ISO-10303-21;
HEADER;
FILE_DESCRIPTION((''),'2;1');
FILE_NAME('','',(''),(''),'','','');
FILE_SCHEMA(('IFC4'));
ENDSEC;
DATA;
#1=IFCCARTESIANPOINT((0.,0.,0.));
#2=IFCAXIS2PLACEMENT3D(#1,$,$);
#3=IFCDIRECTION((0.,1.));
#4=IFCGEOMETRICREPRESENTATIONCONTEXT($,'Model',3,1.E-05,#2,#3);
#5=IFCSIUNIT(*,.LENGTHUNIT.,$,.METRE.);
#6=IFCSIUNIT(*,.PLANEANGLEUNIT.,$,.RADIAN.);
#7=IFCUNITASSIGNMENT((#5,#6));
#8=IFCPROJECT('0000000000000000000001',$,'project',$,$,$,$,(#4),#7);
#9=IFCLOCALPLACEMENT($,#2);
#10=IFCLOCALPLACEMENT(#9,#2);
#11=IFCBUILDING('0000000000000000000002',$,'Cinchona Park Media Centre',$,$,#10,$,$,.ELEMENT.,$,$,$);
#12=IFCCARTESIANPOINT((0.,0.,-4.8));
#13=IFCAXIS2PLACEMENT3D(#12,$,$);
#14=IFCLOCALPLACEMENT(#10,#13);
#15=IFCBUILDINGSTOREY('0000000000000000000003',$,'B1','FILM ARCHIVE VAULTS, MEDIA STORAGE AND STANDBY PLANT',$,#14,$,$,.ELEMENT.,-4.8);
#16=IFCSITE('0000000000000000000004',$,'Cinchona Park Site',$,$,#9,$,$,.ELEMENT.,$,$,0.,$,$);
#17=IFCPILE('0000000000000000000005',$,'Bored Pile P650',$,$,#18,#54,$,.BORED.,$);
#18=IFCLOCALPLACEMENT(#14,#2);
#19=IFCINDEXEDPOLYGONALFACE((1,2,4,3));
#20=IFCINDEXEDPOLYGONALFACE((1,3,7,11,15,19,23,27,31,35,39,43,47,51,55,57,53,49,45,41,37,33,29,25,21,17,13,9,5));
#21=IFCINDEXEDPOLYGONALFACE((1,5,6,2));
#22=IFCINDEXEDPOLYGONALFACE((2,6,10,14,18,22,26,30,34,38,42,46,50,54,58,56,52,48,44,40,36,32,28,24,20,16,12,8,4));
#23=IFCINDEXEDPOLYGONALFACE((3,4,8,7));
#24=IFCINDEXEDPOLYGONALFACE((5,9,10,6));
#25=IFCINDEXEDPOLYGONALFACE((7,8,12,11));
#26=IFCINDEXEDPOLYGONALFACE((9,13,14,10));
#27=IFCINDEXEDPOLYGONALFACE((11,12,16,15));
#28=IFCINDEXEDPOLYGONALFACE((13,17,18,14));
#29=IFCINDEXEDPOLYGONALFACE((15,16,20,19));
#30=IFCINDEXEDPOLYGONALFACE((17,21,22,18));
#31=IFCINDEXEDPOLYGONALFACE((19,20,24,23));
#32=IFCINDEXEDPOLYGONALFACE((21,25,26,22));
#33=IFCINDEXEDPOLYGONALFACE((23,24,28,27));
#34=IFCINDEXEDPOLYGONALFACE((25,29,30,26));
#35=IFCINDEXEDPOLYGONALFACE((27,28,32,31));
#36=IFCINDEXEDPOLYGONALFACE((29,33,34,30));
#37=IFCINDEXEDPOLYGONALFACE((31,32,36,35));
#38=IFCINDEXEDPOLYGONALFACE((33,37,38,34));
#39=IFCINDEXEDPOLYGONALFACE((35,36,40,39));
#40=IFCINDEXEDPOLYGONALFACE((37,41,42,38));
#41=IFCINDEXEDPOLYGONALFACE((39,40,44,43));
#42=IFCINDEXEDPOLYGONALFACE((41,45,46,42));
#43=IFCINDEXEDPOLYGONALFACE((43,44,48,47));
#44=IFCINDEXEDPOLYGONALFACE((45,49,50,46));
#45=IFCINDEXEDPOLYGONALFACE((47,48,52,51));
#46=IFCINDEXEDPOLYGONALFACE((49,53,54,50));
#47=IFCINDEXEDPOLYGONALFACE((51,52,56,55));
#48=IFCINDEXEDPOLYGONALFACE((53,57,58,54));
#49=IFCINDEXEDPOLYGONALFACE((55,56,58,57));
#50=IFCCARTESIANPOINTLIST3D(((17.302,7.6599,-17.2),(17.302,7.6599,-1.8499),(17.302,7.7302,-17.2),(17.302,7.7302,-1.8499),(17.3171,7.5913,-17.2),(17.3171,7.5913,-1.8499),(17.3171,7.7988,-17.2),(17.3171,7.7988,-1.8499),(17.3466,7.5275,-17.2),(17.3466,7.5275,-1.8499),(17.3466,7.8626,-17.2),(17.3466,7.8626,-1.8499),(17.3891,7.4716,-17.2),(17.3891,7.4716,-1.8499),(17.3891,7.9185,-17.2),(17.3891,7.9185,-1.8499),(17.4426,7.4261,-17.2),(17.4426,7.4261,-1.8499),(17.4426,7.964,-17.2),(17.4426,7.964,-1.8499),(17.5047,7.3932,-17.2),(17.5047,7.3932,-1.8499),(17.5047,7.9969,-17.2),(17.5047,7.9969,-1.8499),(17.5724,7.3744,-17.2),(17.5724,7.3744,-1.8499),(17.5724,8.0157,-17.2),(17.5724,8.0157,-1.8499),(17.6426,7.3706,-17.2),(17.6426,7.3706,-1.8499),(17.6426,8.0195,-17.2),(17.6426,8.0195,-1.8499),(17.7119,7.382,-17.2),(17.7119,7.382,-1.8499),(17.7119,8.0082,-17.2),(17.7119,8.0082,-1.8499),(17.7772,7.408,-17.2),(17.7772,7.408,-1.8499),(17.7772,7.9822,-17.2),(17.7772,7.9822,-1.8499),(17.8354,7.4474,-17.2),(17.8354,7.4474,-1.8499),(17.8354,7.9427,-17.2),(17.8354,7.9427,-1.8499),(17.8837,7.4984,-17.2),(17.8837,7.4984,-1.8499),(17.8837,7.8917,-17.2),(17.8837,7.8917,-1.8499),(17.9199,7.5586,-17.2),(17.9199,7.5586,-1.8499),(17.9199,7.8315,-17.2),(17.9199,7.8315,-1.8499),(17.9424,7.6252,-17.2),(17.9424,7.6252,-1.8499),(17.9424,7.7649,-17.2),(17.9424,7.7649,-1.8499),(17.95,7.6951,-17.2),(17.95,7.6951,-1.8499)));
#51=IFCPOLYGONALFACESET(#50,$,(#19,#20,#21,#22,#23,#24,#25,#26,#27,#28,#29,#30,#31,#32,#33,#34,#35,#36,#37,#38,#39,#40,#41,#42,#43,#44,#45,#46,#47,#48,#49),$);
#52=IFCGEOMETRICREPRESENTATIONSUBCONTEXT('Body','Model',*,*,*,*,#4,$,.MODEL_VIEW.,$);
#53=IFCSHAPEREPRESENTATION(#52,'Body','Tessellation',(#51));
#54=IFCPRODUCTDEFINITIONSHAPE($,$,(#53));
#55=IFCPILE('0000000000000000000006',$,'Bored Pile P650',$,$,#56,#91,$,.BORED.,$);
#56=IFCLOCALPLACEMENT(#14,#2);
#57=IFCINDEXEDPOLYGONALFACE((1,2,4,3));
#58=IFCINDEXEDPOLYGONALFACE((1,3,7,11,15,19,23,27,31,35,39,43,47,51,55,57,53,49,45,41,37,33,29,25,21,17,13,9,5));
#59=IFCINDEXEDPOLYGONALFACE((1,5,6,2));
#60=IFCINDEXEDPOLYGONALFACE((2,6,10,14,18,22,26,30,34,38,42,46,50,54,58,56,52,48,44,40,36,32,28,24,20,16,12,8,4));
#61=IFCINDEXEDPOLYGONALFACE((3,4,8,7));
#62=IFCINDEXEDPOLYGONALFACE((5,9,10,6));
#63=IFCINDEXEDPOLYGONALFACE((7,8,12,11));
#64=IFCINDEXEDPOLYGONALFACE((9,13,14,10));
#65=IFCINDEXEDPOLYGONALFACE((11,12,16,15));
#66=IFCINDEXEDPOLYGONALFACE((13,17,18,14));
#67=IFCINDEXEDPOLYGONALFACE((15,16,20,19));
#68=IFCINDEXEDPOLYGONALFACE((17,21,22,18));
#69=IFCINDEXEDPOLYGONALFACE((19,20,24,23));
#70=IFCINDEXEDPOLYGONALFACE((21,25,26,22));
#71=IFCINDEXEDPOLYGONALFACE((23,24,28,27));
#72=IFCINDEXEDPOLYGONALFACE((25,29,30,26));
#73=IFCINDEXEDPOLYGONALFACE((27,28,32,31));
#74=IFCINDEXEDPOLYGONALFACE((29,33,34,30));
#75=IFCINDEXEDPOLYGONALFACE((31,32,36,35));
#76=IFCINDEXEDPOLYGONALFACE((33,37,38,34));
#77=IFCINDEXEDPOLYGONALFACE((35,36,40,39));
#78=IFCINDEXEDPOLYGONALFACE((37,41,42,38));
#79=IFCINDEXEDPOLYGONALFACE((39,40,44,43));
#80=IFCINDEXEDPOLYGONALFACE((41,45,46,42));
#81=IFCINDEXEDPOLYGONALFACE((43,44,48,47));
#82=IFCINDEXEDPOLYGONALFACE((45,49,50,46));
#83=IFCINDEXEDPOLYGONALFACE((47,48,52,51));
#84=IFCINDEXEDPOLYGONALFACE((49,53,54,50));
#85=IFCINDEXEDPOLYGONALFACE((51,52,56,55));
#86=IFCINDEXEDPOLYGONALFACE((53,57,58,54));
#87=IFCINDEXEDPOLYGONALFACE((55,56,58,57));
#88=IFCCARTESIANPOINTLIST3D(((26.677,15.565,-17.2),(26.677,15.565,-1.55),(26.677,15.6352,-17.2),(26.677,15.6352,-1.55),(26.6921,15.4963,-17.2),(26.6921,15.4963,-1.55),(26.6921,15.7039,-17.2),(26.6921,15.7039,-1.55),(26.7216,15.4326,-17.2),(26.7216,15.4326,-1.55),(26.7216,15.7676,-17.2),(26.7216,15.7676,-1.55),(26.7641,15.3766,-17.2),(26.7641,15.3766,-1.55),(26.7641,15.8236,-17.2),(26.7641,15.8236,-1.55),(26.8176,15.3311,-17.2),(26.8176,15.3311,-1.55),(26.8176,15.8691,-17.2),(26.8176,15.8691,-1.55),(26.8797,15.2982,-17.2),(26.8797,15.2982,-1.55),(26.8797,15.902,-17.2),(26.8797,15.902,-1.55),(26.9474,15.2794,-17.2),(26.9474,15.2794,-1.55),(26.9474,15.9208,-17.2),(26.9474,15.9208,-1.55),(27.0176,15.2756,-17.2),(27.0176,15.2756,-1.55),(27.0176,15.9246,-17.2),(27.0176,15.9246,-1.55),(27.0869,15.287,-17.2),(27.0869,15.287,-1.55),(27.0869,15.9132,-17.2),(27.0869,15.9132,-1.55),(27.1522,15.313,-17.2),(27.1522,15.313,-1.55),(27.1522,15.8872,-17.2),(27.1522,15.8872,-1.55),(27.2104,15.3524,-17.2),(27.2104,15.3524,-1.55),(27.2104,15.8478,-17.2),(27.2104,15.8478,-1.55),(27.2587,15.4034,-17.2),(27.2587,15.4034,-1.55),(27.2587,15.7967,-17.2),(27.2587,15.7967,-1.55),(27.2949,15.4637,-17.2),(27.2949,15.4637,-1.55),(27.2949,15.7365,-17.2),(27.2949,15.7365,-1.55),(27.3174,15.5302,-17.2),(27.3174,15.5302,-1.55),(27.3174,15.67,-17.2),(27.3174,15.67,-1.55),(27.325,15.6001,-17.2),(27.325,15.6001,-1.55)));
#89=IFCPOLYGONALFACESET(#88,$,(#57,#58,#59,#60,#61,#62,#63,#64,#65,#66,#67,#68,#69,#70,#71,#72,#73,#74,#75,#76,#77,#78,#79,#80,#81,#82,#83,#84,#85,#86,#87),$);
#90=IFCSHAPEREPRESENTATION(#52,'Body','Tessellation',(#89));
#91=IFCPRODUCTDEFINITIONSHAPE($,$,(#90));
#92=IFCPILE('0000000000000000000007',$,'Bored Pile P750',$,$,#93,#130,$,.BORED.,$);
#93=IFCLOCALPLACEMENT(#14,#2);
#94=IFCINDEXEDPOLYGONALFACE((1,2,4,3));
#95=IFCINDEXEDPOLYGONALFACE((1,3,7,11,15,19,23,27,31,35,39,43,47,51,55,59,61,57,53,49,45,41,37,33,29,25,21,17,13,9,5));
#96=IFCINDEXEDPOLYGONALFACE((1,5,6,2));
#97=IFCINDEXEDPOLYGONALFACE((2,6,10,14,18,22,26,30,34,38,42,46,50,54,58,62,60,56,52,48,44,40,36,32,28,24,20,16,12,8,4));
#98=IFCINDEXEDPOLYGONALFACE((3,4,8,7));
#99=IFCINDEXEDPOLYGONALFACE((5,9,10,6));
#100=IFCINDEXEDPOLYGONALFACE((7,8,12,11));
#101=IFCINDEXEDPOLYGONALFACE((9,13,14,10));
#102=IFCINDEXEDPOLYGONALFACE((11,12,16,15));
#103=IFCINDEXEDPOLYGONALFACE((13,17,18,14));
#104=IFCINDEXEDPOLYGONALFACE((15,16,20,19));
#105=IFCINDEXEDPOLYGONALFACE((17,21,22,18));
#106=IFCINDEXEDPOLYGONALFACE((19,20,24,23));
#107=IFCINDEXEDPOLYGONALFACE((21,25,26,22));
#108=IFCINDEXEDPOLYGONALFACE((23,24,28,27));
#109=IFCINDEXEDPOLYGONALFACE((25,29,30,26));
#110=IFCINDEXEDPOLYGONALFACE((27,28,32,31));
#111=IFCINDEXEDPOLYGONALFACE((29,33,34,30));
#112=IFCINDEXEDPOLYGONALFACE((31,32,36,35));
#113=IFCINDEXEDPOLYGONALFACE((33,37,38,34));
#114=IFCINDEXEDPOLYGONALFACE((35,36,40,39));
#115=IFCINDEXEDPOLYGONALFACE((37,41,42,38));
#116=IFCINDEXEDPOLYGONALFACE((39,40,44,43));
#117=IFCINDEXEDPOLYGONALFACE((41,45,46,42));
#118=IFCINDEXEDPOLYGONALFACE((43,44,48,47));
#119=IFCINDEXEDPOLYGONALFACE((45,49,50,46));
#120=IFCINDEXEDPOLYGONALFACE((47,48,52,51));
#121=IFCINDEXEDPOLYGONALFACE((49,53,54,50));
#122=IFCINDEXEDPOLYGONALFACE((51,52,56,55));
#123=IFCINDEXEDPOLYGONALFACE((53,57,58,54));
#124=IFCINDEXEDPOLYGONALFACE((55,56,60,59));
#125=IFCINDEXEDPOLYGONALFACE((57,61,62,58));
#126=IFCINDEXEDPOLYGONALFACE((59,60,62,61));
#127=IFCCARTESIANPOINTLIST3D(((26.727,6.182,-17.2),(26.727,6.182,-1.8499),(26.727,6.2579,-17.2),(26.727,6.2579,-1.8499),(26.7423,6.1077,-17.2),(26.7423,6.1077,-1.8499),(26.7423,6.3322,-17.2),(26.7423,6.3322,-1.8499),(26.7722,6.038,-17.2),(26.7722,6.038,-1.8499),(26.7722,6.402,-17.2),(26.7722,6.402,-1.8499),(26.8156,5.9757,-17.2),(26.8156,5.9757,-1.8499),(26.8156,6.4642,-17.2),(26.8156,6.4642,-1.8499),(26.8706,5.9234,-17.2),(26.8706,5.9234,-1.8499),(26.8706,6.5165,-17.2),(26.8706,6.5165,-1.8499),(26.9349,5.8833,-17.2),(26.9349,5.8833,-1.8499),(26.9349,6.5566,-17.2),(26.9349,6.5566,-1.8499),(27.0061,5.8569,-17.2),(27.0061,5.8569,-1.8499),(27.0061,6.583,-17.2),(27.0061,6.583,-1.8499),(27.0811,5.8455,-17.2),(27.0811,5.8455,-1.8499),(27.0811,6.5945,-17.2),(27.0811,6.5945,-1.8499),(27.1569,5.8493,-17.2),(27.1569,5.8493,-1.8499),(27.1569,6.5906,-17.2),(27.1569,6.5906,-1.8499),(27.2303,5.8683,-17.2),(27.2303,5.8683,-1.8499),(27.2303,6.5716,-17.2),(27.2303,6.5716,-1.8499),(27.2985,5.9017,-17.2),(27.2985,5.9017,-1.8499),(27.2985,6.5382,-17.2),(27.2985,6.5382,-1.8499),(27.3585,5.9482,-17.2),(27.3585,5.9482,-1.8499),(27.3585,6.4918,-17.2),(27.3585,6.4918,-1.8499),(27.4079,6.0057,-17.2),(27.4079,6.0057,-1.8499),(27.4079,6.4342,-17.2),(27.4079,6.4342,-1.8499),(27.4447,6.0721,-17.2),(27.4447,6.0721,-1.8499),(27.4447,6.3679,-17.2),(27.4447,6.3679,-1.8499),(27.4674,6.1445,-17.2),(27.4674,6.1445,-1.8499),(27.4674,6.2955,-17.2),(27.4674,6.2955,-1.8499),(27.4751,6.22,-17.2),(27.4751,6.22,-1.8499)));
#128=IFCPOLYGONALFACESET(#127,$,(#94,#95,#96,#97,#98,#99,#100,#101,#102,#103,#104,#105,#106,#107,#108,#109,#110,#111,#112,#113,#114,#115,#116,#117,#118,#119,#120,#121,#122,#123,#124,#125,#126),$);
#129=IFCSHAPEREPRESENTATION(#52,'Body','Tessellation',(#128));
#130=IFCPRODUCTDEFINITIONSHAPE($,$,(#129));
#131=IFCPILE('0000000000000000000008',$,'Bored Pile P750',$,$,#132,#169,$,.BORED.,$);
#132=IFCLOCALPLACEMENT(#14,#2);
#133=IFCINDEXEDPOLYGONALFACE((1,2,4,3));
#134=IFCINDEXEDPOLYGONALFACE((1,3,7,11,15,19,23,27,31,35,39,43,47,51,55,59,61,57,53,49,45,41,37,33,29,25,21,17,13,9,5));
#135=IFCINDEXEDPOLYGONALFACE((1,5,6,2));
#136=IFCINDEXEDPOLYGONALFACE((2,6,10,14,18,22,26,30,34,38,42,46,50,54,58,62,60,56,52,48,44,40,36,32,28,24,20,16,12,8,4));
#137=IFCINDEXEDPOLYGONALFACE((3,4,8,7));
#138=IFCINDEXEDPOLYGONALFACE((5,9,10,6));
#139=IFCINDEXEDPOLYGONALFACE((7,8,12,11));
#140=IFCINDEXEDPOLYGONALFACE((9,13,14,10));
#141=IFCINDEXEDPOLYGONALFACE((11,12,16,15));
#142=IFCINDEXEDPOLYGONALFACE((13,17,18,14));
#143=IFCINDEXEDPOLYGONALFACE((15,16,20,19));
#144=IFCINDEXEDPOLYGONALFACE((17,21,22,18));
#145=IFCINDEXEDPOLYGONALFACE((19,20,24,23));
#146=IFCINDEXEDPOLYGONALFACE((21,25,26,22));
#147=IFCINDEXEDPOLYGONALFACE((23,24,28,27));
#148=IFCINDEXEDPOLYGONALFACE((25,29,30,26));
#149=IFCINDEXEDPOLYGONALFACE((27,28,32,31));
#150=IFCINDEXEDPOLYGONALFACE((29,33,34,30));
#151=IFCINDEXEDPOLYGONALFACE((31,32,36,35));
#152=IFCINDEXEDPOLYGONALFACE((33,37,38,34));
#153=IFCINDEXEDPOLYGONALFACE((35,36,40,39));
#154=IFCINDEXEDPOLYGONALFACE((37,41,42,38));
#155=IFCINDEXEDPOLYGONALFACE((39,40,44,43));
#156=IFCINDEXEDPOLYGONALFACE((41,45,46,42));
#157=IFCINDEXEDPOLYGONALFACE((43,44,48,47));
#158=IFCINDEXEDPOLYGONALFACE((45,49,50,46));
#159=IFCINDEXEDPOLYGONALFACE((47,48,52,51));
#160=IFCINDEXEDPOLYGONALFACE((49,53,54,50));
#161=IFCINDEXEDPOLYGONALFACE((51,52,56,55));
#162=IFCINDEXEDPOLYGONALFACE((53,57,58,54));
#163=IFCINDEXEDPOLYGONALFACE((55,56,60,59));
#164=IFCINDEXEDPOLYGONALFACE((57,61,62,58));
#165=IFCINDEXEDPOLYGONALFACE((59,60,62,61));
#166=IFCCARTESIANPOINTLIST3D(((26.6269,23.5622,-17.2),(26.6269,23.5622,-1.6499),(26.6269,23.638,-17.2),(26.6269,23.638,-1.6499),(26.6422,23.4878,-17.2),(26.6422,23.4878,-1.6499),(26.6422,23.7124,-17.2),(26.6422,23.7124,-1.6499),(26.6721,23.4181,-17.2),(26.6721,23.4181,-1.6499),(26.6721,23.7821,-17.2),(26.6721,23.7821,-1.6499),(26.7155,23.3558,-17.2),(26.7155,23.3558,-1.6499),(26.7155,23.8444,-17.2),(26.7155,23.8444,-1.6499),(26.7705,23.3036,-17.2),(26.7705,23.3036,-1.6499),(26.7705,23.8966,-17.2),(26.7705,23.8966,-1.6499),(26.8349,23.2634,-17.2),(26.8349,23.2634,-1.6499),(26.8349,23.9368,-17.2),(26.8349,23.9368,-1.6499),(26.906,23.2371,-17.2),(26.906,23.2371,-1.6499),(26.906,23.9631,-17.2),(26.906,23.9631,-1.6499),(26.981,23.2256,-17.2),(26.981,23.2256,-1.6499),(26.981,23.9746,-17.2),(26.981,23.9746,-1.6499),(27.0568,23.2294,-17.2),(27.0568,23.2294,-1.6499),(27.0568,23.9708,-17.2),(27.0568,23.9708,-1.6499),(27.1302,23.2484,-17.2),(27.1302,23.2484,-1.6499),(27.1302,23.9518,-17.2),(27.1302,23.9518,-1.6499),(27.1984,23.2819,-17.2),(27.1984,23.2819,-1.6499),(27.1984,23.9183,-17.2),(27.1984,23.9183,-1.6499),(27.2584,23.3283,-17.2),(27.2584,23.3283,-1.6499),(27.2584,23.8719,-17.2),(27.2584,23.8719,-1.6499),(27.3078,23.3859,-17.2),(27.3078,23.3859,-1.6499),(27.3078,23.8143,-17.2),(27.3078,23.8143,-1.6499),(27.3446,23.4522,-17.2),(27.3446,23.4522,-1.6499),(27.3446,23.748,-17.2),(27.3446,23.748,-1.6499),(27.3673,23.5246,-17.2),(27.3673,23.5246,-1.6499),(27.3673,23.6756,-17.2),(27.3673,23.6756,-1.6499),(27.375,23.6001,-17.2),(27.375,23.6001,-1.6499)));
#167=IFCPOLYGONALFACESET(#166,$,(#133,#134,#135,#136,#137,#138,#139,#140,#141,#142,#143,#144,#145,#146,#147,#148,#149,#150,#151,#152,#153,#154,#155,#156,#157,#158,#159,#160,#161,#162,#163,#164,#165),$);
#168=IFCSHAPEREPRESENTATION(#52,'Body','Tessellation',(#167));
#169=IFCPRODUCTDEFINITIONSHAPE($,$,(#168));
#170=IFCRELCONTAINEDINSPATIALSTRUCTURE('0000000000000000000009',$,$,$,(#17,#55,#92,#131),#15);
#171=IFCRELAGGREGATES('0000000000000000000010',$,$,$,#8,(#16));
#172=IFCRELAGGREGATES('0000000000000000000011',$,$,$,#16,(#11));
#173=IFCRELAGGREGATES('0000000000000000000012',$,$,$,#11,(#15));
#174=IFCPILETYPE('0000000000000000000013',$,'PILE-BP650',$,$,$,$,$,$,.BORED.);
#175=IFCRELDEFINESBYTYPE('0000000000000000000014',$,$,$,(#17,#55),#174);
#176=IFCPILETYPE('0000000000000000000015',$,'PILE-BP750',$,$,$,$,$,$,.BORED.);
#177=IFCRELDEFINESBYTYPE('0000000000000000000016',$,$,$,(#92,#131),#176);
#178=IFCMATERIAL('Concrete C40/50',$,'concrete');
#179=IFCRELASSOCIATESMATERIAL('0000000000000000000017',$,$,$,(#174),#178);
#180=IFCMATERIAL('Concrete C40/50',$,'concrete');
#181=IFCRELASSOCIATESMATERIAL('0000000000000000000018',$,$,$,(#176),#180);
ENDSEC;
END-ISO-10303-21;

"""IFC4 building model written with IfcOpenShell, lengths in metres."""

from ifc_helpers import new_model, si_unit, direction, frame, origin, origin_2d, place, context, subcontext, project, spatial, circle, extrude, material, material_profile, profile_set, type_object, element, save


model = new_model("IFC4")

# Units and contexts
model_context = context("Model", 3, precision=1e-05, world=origin(), true_north=direction((0.0, 1.0)))
body_context = subcontext(model_context, "Body", "Model", "MODEL_VIEW")
ifc_project = project(units=[si_unit("LENGTHUNIT", "METRE"), si_unit("PLANEANGLEUNIT", "RADIAN")], contexts=[model_context])

# Site, building, storey
site_placement = place(None, origin())
site = spatial("IfcSite", under=ifc_project, at=site_placement, Name="Cinchona Park Site", CompositionType="ELEMENT", RefElevation=0.0)
building_placement = place(site_placement, origin())
building = spatial("IfcBuilding", under=site, at=building_placement, Name="Cinchona Park Media Centre", CompositionType="ELEMENT")
storey_placement = place(building_placement, frame((0.0, 0.0, -4.8)))
storey = spatial("IfcBuildingStorey", under=building, at=storey_placement, Name="B1", Description="FILM ARCHIVE VAULTS, MEDIA STORAGE AND STANDBY PLANT", CompositionType="ELEMENT", Elevation=-4.8)

# Piles
ifc_material_1 = material(Name="Concrete C40/50", Category="concrete")
ifc_material_profile_1 = material_profile(ifc_material_1, circle(Radius=0.325, at=origin_2d()), Name="BORED PILE 650")
ifc_profile_set_1 = profile_set([ifc_material_profile_1], Name="Concrete C40/50")
pile_type_1 = type_object("IfcPileType", Name="PILE-BP650", PredefinedType="BORED", material=ifc_profile_set_1)
pile_1_placement = place(storey_placement, frame((17.625, 7.6951, -1.8499), z_axis=(0.0, 0.0, -1.0), x_axis=(1.0, 0.0, 0.0)))
element("IfcPile", 1, at=pile_1_placement, inside=storey, type_object=pile_type_1, Name="Bored Pile P650", PredefinedType="BORED", context=body_context, shape_type="SweptSolid", body=[
    extrude(circle(Radius=0.325, at=origin_2d()), origin(), (0.0, 0.0, 1.0), 15.3501),
])
pile_2_placement = place(storey_placement, frame((27.0, 15.6001, -1.55), z_axis=(0.0, 0.0, -1.0), x_axis=(1.0, 0.0, 0.0)))
element("IfcPile", 2, at=pile_2_placement, inside=storey, type_object=pile_type_1, Name="Bored Pile P650", PredefinedType="BORED", context=body_context, shape_type="SweptSolid", body=[
    extrude(circle(Radius=0.325, at=origin_2d()), origin(), (0.0, 0.0, 1.0), 15.6499),
])
ifc_material_2 = material(Name="Concrete C40/50", Category="concrete")
ifc_material_profile_2 = material_profile(ifc_material_2, circle(Radius=0.375, at=origin_2d()), Name="BORED PILE 750")
ifc_profile_set_2 = profile_set([ifc_material_profile_2], Name="Concrete C40/50")
pile_type_2 = type_object("IfcPileType", Name="PILE-BP750", PredefinedType="BORED", material=ifc_profile_set_2)
pile_3_placement = place(storey_placement, frame((27.1001, 6.22, -1.8499), z_axis=(0.0, 0.0, -1.0), x_axis=(1.0, 0.0, 0.0)))
element("IfcPile", 3, at=pile_3_placement, inside=storey, type_object=pile_type_2, Name="Bored Pile P750", PredefinedType="BORED", context=body_context, shape_type="SweptSolid", body=[
    extrude(circle(Radius=0.375, at=origin_2d()), origin(), (0.0, 0.0, 1.0), 15.3501),
])
pile_4_placement = place(storey_placement, frame((27.0, 23.6001, -1.6499), z_axis=(0.0, 0.0, -1.0), x_axis=(1.0, 0.0, 0.0)))
element("IfcPile", 4, at=pile_4_placement, inside=storey, type_object=pile_type_2, Name="Bored Pile P750", PredefinedType="BORED", context=body_context, shape_type="SweptSolid", body=[
    extrude(circle(Radius=0.375, at=origin_2d()), origin(), (0.0, 0.0, 1.0), 15.55),
])

save(model, "model.ifc")
